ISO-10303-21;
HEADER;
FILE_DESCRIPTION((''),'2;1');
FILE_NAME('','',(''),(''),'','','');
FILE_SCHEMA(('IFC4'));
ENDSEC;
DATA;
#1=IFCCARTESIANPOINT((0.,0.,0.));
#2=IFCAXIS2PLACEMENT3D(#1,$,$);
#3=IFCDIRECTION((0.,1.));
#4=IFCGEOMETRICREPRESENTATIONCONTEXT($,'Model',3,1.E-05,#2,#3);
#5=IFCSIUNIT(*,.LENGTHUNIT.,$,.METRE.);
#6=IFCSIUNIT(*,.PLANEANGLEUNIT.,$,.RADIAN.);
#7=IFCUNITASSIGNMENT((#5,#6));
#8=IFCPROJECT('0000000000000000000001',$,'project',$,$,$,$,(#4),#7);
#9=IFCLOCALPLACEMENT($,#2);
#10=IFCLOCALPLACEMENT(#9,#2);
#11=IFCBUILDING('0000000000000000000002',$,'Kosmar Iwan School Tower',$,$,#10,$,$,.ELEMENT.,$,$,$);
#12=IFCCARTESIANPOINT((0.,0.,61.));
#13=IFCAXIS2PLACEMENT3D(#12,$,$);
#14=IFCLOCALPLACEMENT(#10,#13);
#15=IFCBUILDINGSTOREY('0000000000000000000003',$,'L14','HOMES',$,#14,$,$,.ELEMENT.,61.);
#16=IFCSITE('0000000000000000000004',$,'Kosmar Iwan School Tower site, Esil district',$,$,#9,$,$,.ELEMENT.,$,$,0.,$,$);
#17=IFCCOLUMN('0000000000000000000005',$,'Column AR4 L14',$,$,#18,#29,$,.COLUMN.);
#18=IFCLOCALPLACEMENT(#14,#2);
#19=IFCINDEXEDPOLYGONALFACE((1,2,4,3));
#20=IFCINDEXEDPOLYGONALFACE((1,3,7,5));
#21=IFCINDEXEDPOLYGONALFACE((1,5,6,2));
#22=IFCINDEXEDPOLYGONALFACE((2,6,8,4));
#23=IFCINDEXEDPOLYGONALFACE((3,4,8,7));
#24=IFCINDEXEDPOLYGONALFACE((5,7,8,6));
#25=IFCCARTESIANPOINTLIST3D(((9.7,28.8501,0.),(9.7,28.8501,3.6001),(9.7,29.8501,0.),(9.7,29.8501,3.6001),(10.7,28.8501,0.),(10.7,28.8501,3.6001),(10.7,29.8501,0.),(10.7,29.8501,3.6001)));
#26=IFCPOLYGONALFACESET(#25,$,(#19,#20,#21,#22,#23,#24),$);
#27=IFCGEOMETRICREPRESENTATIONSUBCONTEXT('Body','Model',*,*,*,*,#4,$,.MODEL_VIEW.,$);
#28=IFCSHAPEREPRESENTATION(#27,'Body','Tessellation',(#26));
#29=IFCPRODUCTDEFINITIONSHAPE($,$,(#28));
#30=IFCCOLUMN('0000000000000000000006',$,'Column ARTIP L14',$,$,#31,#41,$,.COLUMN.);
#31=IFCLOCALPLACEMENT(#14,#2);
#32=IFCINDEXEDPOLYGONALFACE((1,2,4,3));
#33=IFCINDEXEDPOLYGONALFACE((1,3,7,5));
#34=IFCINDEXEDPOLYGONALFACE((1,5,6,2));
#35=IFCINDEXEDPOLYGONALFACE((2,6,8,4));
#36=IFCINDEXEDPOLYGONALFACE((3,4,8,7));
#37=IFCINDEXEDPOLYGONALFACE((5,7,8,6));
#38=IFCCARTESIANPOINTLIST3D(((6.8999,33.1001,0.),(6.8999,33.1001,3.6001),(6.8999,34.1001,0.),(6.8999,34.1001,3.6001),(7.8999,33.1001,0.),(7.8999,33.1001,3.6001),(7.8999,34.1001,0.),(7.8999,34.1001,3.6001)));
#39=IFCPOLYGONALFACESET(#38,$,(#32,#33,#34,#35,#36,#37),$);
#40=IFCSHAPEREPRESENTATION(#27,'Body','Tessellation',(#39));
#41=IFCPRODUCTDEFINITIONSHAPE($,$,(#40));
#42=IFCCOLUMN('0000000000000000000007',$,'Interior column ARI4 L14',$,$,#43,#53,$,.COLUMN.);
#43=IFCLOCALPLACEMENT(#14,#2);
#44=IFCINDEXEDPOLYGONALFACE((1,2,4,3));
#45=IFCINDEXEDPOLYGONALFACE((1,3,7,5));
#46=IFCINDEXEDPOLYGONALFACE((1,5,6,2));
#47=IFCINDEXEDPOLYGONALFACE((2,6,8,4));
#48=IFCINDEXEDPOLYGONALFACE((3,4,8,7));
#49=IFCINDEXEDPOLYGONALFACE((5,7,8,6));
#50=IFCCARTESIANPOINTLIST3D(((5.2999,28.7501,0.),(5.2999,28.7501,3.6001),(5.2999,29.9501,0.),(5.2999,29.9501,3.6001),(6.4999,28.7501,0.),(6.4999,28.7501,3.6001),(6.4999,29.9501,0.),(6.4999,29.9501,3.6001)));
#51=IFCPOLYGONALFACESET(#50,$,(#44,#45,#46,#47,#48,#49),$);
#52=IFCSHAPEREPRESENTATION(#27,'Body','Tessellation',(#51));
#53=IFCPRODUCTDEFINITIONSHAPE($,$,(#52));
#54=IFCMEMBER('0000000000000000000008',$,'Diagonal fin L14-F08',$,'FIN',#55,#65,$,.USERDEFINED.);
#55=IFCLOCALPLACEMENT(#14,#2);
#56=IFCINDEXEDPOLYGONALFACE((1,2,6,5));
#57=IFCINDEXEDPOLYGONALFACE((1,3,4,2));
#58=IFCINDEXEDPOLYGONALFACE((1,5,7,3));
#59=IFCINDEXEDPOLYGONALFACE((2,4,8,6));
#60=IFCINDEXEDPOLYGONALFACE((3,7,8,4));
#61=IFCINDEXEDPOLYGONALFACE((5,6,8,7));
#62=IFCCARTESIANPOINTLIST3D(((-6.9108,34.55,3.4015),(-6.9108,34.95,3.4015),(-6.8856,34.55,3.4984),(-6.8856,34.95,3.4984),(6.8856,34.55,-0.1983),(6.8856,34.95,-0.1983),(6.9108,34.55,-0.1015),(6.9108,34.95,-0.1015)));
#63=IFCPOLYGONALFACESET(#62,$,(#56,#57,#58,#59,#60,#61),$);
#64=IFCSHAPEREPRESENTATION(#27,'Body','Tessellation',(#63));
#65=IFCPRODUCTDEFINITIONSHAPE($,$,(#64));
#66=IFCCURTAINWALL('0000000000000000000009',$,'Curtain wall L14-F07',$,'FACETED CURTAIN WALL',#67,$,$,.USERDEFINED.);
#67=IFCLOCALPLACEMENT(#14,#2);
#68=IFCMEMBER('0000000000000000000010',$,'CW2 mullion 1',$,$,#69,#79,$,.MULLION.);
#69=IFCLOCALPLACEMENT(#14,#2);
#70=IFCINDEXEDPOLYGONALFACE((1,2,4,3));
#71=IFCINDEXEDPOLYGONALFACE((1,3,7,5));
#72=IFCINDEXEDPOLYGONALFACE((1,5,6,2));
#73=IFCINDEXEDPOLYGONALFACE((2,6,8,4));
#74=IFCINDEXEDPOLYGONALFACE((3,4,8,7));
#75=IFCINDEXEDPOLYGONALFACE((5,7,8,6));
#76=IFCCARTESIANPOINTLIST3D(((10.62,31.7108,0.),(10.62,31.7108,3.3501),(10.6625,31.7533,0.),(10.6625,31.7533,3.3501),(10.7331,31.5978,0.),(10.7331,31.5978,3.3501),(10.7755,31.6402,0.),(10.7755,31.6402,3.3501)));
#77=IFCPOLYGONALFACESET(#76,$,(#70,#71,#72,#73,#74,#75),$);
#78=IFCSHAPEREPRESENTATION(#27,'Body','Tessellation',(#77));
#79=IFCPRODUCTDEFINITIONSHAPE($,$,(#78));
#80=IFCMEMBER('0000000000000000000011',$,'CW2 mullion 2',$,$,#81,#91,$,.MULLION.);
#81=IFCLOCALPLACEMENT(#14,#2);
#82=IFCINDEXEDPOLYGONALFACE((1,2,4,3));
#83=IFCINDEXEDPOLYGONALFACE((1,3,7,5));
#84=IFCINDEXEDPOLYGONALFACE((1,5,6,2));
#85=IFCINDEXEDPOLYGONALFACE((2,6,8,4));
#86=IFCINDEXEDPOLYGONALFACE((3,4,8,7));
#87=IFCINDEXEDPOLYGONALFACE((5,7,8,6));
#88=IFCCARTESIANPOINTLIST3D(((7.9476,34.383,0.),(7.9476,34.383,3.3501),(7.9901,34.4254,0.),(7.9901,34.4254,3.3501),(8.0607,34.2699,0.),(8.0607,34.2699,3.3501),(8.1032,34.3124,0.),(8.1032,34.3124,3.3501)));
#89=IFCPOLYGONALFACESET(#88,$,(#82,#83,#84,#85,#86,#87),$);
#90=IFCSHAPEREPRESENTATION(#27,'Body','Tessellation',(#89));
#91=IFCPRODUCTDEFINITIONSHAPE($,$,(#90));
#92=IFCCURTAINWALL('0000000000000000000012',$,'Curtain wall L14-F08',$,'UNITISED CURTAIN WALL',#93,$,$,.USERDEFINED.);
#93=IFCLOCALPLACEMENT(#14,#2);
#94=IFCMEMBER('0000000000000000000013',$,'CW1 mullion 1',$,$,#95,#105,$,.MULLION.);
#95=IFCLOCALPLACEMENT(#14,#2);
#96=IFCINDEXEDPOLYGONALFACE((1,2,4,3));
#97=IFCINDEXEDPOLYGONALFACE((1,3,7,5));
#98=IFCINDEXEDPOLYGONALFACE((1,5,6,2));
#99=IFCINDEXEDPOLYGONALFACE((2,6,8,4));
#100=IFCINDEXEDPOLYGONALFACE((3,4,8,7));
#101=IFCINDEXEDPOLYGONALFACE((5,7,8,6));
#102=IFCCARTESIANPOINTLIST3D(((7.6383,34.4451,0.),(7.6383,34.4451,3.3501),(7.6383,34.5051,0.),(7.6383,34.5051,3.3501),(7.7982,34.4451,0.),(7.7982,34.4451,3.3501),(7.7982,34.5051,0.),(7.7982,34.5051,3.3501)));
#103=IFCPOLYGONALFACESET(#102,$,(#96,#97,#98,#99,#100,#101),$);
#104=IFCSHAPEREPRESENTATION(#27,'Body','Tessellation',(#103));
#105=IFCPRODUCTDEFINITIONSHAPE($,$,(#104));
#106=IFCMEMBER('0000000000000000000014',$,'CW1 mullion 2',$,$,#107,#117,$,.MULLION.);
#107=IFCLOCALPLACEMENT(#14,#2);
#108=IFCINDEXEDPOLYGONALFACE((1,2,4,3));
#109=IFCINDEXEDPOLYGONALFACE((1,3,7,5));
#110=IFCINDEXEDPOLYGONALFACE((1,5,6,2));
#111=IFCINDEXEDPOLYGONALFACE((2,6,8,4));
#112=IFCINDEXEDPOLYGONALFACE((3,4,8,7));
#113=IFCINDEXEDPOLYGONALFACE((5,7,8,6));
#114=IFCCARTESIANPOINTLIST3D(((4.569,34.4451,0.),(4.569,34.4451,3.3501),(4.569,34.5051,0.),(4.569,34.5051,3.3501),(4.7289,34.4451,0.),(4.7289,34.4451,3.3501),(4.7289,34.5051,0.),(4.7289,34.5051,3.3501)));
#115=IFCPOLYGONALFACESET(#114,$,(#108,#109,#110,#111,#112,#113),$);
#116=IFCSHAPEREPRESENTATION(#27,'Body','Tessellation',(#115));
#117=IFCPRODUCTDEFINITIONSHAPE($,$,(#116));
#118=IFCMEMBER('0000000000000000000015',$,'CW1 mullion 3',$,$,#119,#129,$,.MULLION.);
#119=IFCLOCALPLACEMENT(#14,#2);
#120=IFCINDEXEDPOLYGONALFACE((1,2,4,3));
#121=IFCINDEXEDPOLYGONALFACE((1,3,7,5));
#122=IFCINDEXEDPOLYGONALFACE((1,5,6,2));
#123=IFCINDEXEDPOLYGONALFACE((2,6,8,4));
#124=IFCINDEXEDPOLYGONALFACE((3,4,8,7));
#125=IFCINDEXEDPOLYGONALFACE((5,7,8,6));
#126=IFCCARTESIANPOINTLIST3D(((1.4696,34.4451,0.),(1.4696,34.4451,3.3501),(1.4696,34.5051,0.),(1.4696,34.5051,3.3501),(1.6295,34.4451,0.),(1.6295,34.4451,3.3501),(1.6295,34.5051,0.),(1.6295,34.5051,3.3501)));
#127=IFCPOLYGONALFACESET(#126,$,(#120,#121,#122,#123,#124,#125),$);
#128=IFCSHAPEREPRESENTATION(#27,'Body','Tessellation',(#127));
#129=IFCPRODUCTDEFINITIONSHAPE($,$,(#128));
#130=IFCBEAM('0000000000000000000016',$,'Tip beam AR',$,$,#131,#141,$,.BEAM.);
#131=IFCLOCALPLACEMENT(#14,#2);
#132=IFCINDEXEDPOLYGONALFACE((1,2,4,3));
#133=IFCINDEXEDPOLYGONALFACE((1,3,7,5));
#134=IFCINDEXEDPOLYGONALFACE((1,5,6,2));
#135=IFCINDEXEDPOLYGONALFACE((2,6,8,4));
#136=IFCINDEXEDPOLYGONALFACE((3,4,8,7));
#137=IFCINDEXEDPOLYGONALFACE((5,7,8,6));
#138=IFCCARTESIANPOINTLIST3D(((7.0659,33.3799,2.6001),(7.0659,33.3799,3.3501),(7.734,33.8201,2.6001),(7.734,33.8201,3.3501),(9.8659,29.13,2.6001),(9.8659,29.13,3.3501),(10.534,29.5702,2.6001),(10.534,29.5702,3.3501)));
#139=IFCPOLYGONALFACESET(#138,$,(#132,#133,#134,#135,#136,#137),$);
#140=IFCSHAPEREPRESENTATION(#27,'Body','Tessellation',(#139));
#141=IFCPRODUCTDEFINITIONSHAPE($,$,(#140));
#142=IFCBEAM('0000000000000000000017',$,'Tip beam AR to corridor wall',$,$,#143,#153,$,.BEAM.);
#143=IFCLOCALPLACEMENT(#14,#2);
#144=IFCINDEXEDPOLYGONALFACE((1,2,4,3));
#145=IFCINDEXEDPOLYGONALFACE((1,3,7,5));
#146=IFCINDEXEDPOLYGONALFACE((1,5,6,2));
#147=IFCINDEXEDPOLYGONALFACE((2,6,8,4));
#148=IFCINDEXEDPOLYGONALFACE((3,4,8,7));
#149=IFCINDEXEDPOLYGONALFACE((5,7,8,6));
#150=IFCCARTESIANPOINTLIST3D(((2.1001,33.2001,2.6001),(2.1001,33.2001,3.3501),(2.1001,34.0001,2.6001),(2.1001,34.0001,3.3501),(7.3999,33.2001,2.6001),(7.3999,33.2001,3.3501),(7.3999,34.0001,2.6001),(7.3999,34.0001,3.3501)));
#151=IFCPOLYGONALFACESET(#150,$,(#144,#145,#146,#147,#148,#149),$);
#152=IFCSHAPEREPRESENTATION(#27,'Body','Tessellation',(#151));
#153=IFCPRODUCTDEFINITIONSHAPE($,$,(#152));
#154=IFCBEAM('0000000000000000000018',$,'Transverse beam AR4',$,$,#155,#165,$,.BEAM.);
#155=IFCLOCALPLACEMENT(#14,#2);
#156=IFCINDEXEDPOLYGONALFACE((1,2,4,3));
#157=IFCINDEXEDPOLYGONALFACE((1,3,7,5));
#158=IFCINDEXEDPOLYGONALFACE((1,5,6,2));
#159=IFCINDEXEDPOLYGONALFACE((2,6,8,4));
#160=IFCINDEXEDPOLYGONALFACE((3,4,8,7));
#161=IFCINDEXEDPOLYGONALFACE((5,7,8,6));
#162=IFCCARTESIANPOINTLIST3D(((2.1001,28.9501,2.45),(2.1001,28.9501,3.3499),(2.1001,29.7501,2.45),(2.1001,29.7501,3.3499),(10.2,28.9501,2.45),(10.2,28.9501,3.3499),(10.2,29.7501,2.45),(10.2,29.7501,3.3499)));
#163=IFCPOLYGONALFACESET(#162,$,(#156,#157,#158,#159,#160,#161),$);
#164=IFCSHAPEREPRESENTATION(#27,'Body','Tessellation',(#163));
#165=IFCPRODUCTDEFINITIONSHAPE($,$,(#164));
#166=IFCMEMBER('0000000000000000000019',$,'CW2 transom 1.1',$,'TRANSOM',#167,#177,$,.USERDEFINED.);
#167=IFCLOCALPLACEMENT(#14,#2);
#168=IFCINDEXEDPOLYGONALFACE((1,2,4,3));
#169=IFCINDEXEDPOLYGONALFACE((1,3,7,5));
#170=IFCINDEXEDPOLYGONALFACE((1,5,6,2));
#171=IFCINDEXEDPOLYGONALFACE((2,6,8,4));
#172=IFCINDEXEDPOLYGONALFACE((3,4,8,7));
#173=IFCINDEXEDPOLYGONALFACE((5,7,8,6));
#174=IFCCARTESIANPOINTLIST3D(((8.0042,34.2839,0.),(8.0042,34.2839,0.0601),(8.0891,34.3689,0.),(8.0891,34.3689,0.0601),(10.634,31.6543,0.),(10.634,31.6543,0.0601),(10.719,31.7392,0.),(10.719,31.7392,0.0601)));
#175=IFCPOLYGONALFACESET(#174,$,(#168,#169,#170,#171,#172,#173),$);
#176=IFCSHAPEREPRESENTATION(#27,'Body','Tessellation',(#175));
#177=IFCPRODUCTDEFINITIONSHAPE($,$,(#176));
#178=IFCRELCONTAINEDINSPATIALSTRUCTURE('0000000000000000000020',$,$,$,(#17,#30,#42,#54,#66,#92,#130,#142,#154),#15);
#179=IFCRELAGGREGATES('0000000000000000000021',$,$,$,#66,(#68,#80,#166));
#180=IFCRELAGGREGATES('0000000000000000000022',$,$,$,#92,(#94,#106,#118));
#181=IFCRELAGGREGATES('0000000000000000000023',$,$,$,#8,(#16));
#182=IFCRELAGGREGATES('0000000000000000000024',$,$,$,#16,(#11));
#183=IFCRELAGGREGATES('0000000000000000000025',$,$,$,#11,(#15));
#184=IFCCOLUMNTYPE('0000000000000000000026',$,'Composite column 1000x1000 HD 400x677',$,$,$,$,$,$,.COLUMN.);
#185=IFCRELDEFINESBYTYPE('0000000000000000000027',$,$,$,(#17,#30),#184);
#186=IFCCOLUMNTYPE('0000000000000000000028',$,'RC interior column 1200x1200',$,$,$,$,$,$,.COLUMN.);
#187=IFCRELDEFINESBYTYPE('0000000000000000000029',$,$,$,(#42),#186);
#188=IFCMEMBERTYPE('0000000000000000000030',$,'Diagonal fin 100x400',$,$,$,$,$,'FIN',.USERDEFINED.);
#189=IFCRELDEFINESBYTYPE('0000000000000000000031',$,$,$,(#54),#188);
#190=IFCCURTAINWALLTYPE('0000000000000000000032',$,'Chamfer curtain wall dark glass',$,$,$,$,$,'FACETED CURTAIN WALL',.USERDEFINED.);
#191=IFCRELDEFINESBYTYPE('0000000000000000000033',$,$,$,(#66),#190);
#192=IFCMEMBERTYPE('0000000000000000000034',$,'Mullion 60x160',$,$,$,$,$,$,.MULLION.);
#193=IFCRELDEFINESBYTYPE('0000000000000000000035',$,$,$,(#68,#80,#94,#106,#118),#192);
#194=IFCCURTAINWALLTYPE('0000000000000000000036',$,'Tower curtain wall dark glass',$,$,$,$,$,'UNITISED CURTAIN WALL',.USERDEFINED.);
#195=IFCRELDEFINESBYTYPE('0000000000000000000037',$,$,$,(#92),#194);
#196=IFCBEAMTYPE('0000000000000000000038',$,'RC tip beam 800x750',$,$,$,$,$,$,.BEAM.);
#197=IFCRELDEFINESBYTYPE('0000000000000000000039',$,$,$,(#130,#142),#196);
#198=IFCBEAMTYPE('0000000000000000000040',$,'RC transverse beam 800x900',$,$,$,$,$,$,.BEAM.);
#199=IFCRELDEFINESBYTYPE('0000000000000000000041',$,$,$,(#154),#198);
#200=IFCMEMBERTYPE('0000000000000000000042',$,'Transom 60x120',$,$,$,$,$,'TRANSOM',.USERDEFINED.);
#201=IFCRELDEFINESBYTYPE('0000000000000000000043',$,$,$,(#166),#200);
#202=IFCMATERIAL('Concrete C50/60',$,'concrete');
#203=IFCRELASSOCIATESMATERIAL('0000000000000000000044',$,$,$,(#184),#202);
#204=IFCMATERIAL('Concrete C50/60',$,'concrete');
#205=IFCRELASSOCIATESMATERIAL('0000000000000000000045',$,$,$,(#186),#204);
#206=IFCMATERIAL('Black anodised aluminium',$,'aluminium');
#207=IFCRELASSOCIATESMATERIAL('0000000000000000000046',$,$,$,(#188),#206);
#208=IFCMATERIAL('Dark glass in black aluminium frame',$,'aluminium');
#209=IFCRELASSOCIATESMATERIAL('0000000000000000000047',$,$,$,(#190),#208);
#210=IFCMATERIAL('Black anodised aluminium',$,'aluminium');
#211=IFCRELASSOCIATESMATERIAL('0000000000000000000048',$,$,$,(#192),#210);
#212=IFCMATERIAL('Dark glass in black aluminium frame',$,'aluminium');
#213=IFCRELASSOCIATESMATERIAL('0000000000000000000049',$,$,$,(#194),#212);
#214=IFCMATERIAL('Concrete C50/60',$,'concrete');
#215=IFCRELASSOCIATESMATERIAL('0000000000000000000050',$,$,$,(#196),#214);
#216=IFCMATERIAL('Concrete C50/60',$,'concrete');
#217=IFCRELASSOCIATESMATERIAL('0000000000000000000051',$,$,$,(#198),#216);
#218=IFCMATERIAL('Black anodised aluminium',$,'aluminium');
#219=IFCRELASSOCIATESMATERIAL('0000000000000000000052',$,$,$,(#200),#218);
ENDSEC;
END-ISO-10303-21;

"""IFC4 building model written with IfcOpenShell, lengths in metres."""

from ifc_helpers import new_model, si_unit, direction, frame, origin, origin_2d, place, context, subcontext, project, spatial, rectangle, extrude, material, material_profile, profile_set, type_object, element, aggregate, save


model = new_model("IFC4")

# Units and contexts
model_context = context("Model", 3, precision=1e-05, world=origin(), true_north=direction((0.0, 1.0)))
body_context = subcontext(model_context, "Body", "Model", "MODEL_VIEW")
ifc_project = project(units=[si_unit("LENGTHUNIT", "METRE"), si_unit("PLANEANGLEUNIT", "RADIAN")], contexts=[model_context])

# Site, building, storey
site_placement = place(None, origin())
site = spatial("IfcSite", under=ifc_project, at=site_placement, Name="Kosmar Iwan School Tower site, Esil district", CompositionType="ELEMENT", RefElevation=0.0)
building_placement = place(site_placement, origin())
building = spatial("IfcBuilding", under=site, at=building_placement, Name="Kosmar Iwan School Tower", CompositionType="ELEMENT")
storey_placement = place(building_placement, frame((0.0, 0.0, 61.0)))
storey = spatial("IfcBuildingStorey", under=building, at=storey_placement, Name="L14", Description="HOMES", CompositionType="ELEMENT", Elevation=61.0)

# Columns
ifc_material_1 = material(Name="Concrete C50/60", Category="concrete")
ifc_material_profile_1 = material_profile(ifc_material_1, rectangle(XDim=1.0, YDim=1.0, at=origin_2d()), Name="RC 1000x1000 + HD 400x677")
ifc_profile_set_1 = profile_set([ifc_material_profile_1], Name="Concrete C50/60")
column_type_1 = type_object("IfcColumnType", Name="Composite column 1000x1000 HD 400x677", PredefinedType="COLUMN", material=ifc_profile_set_1)
for number, where, z_axis, x_axis, name in (
    (1, (10.2, 29.3501, 0.0), (0.0, 0.0, 1.0), (0.0, 1.0, 0.0), "Column AR4 L14"),
    (2, (7.3999, 33.6001, 0.0), (0.0, 0.0, 1.0), (0.0, 1.0, 0.0), "Column ARTIP L14"),
):
    element("IfcColumn", number, at=place(storey_placement, frame(where, z_axis=z_axis, x_axis=x_axis)), inside=storey, type_object=column_type_1, Name=name, PredefinedType="COLUMN", context=body_context, shape_type="SweptSolid", body=[
        extrude(rectangle(XDim=1.0, YDim=1.0, at=origin_2d()), origin(), (0.0, 0.0, 1.0), 3.6001),
    ])
ifc_material_2 = material(Name="Concrete C50/60", Category="concrete")
ifc_material_profile_2 = material_profile(ifc_material_2, rectangle(XDim=1.2, YDim=1.2, at=origin_2d()), Name="RC 1200x1200")
ifc_profile_set_2 = profile_set([ifc_material_profile_2], Name="Concrete C50/60")
column_type_2 = type_object("IfcColumnType", Name="RC interior column 1200x1200", PredefinedType="COLUMN", material=ifc_profile_set_2)
column_placement = place(storey_placement, frame((5.8999, 29.3501, 0.0), z_axis=(0.0, 0.0, 1.0), x_axis=(0.0, 1.0, 0.0)))
element("IfcColumn", 3, at=column_placement, inside=storey, type_object=column_type_2, Name="Interior column ARI4 L14", PredefinedType="COLUMN", context=body_context, shape_type="SweptSolid", body=[
    extrude(rectangle(XDim=1.2, YDim=1.2, at=origin_2d()), origin(), (0.0, 0.0, 1.0), 3.6001),
])

# Member
ifc_material_3 = material(Name="Black anodised aluminium", Category="aluminium")
ifc_material_profile_3 = material_profile(ifc_material_3, rectangle(XDim=0.1001, YDim=0.3999, at=origin_2d()), Name="FIN 100x400")
ifc_profile_set_3 = profile_set([ifc_material_profile_3], Name="Black anodised aluminium")
member_type_1 = type_object("IfcMemberType", Name="Diagonal fin 100x400", ElementType="FIN", PredefinedType="USERDEFINED", material=ifc_profile_set_3)
member_1_placement = place(storey_placement, frame((6.8982, 34.75, -0.1499), z_axis=(-0.967604, 0.0, 0.252474), x_axis=(0.252474, 0.0, 0.967604)))
element("IfcMember", 4, at=member_1_placement, inside=storey, type_object=member_type_1, Name="Diagonal fin L14-F08", ObjectType="FIN", PredefinedType="USERDEFINED", context=body_context, shape_type="SweptSolid", body=[
    extrude(rectangle(XDim=0.1001, YDim=0.3999, at=origin_2d()), origin(), (0.0, 0.0, 1.0), 14.2583),
])

# Curtain walls, members
ifc_material_4 = material(Name="Dark glass in black aluminium frame", Category="aluminium")
curtain_wall_type_1 = type_object("IfcCurtainWallType", Name="Chamfer curtain wall dark glass", ElementType="FACETED CURTAIN WALL", PredefinedType="USERDEFINED", material=ifc_material_4)
curtain_wall_1_placement = place(storey_placement, origin())
curtain_wall_1 = element("IfcCurtainWall", 5, at=curtain_wall_1_placement, inside=storey, type_object=curtain_wall_type_1, Name="Curtain wall L14-F07", ObjectType="FACETED CURTAIN WALL", PredefinedType="USERDEFINED")
ifc_material_5 = material(Name="Black anodised aluminium", Category="aluminium")
ifc_material_profile_4 = material_profile(ifc_material_5, rectangle(XDim=0.0601, YDim=0.1599, at=origin_2d()), Name="MULLION 60x160")
ifc_profile_set_4 = profile_set([ifc_material_profile_4], Name="Black anodised aluminium")
member_type_2 = type_object("IfcMemberType", Name="Mullion 60x160", PredefinedType="MULLION", material=ifc_profile_set_4)
member_2_placement = place(storey_placement, frame((10.6978, 31.6755, 0.0), z_axis=(0.0, 0.0, 1.0), x_axis=(-0.707107, -0.707107, 0.0)))
member_2 = element("IfcMember", 6, at=member_2_placement, type_object=member_type_2, Name="CW2 mullion 1", PredefinedType="MULLION", context=body_context, shape_type="SweptSolid", body=[
    extrude(rectangle(XDim=0.0601, YDim=0.1599, at=origin_2d()), origin(), (0.0, 0.0, 1.0), 3.3501),
])
member_3_placement = place(storey_placement, frame((8.0254, 34.3477, 0.0), z_axis=(0.0, 0.0, 1.0), x_axis=(-0.707107, -0.707107, 0.0)))
member_3 = element("IfcMember", 7, at=member_3_placement, type_object=member_type_2, Name="CW2 mullion 2", PredefinedType="MULLION", context=body_context, shape_type="SweptSolid", body=[
    extrude(rectangle(XDim=0.0601, YDim=0.1599, at=origin_2d()), origin(), (0.0, 0.0, 1.0), 3.3501),
])
ifc_material_6 = material(Name="Dark glass in black aluminium frame", Category="aluminium")
curtain_wall_type_2 = type_object("IfcCurtainWallType", Name="Tower curtain wall dark glass", ElementType="UNITISED CURTAIN WALL", PredefinedType="USERDEFINED", material=ifc_material_6)
curtain_wall_2_placement = place(storey_placement, origin())
curtain_wall_2 = element("IfcCurtainWall", 8, at=curtain_wall_2_placement, inside=storey, type_object=curtain_wall_type_2, Name="Curtain wall L14-F08", ObjectType="UNITISED CURTAIN WALL", PredefinedType="USERDEFINED")
member_4_placement = place(storey_placement, frame((7.7183, 34.4751, 0.0), z_axis=(0.0, 0.0, 1.0), x_axis=(0.0, -1.0, 0.0)))
member_4 = element("IfcMember", 9, at=member_4_placement, type_object=member_type_2, Name="CW1 mullion 1", PredefinedType="MULLION", context=body_context, shape_type="SweptSolid", body=[
    extrude(rectangle(XDim=0.0601, YDim=0.1599, at=origin_2d()), origin(), (0.0, 0.0, 1.0), 3.3501),
])
member_5_placement = place(storey_placement, frame((4.6489, 34.4751, 0.0), z_axis=(0.0, 0.0, 1.0), x_axis=(0.0, -1.0, 0.0)))
member_5 = element("IfcMember", 10, at=member_5_placement, type_object=member_type_2, Name="CW1 mullion 2", PredefinedType="MULLION", context=body_context, shape_type="SweptSolid", body=[
    extrude(rectangle(XDim=0.0601, YDim=0.1599, at=origin_2d()), origin(), (0.0, 0.0, 1.0), 3.3501),
])
member_6_placement = place(storey_placement, frame((1.5496, 34.4751, 0.0), z_axis=(0.0, 0.0, 1.0), x_axis=(0.0, -1.0, 0.0)))
member_6 = element("IfcMember", 11, at=member_6_placement, type_object=member_type_2, Name="CW1 mullion 3", PredefinedType="MULLION", context=body_context, shape_type="SweptSolid", body=[
    extrude(rectangle(XDim=0.0601, YDim=0.1599, at=origin_2d()), origin(), (0.0, 0.0, 1.0), 3.3501),
])

# Beams
ifc_material_7 = material(Name="Concrete C50/60", Category="concrete")
ifc_material_profile_5 = material_profile(ifc_material_7, rectangle(XDim=0.8, YDim=0.75, at=origin_2d()), Name="RC 800x750")
ifc_profile_set_5 = profile_set([ifc_material_profile_5], Name="Concrete C50/60")
beam_type_1 = type_object("IfcBeamType", Name="RC tip beam 800x750", PredefinedType="BEAM", material=ifc_profile_set_5)
beam_1_placement = place(storey_placement, frame((10.2, 29.3501, 2.9751), z_axis=(-0.550164, 0.835056, 0.0), x_axis=(-0.835056, -0.550164, 0.0)))
element("IfcBeam", 12, at=beam_1_placement, inside=storey, type_object=beam_type_1, Name="Tip beam AR", PredefinedType="BEAM", context=body_context, shape_type="SweptSolid", body=[
    extrude(rectangle(XDim=0.8, YDim=0.75, at=origin_2d()), origin(), (0.0, 0.0, 1.0), 5.0894),
])
beam_2_placement = place(storey_placement, frame((7.3999, 33.6001, 2.9751), z_axis=(-1.0, 0.0, 0.0), x_axis=(0.0, -1.0, 0.0)))
element("IfcBeam", 13, at=beam_2_placement, inside=storey, type_object=beam_type_1, Name="Tip beam AR to corridor wall", PredefinedType="BEAM", context=body_context, shape_type="SweptSolid", body=[
    extrude(rectangle(XDim=0.8, YDim=0.75, at=origin_2d()), origin(), (0.0, 0.0, 1.0), 5.2998),
])
ifc_material_8 = material(Name="Concrete C50/60", Category="concrete")
ifc_material_profile_6 = material_profile(ifc_material_8, rectangle(XDim=0.8, YDim=0.8999, at=origin_2d()), Name="RC 800x900")
ifc_profile_set_6 = profile_set([ifc_material_profile_6], Name="Concrete C50/60")
beam_type_2 = type_object("IfcBeamType", Name="RC transverse beam 800x900", PredefinedType="BEAM", material=ifc_profile_set_6)
beam_3_placement = place(storey_placement, frame((10.2, 29.3501, 2.8999), z_axis=(-1.0, 0.0, 0.0), x_axis=(0.0, -1.0, 0.0)))
element("IfcBeam", 14, at=beam_3_placement, inside=storey, type_object=beam_type_2, Name="Transverse beam AR4", PredefinedType="BEAM", context=body_context, shape_type="SweptSolid", body=[
    extrude(rectangle(XDim=0.8, YDim=0.8999, at=origin_2d()), origin(), (0.0, 0.0, 1.0), 8.0999),
])

# Member
ifc_material_9 = material(Name="Black anodised aluminium", Category="aluminium")
ifc_material_profile_7 = material_profile(ifc_material_9, rectangle(XDim=0.1201, YDim=0.0601, at=origin_2d()), Name="TRANSOM 60x120")
ifc_profile_set_7 = profile_set([ifc_material_profile_7], Name="Black anodised aluminium")
member_type_3 = type_object("IfcMemberType", Name="Transom 60x120", ElementType="TRANSOM", PredefinedType="USERDEFINED", material=ifc_profile_set_7)
member_7_placement = place(storey_placement, frame((10.6765, 31.6968, 0.03), z_axis=(-0.70714, 0.707074, 0.0), x_axis=(-0.707074, -0.70714, 0.0)))
member_7 = element("IfcMember", 15, at=member_7_placement, type_object=member_type_3, Name="CW2 transom 1.1", ObjectType="TRANSOM", PredefinedType="USERDEFINED", context=body_context, shape_type="SweptSolid", body=[
    extrude(rectangle(XDim=0.1201, YDim=0.0601, at=origin_2d()), origin(), (0.0, 0.0, 1.0), 3.719),
])

aggregate(curtain_wall_1, [member_2, member_3, member_7])
aggregate(curtain_wall_2, [member_4, member_5, member_6])

save(model, "model.ifc")
